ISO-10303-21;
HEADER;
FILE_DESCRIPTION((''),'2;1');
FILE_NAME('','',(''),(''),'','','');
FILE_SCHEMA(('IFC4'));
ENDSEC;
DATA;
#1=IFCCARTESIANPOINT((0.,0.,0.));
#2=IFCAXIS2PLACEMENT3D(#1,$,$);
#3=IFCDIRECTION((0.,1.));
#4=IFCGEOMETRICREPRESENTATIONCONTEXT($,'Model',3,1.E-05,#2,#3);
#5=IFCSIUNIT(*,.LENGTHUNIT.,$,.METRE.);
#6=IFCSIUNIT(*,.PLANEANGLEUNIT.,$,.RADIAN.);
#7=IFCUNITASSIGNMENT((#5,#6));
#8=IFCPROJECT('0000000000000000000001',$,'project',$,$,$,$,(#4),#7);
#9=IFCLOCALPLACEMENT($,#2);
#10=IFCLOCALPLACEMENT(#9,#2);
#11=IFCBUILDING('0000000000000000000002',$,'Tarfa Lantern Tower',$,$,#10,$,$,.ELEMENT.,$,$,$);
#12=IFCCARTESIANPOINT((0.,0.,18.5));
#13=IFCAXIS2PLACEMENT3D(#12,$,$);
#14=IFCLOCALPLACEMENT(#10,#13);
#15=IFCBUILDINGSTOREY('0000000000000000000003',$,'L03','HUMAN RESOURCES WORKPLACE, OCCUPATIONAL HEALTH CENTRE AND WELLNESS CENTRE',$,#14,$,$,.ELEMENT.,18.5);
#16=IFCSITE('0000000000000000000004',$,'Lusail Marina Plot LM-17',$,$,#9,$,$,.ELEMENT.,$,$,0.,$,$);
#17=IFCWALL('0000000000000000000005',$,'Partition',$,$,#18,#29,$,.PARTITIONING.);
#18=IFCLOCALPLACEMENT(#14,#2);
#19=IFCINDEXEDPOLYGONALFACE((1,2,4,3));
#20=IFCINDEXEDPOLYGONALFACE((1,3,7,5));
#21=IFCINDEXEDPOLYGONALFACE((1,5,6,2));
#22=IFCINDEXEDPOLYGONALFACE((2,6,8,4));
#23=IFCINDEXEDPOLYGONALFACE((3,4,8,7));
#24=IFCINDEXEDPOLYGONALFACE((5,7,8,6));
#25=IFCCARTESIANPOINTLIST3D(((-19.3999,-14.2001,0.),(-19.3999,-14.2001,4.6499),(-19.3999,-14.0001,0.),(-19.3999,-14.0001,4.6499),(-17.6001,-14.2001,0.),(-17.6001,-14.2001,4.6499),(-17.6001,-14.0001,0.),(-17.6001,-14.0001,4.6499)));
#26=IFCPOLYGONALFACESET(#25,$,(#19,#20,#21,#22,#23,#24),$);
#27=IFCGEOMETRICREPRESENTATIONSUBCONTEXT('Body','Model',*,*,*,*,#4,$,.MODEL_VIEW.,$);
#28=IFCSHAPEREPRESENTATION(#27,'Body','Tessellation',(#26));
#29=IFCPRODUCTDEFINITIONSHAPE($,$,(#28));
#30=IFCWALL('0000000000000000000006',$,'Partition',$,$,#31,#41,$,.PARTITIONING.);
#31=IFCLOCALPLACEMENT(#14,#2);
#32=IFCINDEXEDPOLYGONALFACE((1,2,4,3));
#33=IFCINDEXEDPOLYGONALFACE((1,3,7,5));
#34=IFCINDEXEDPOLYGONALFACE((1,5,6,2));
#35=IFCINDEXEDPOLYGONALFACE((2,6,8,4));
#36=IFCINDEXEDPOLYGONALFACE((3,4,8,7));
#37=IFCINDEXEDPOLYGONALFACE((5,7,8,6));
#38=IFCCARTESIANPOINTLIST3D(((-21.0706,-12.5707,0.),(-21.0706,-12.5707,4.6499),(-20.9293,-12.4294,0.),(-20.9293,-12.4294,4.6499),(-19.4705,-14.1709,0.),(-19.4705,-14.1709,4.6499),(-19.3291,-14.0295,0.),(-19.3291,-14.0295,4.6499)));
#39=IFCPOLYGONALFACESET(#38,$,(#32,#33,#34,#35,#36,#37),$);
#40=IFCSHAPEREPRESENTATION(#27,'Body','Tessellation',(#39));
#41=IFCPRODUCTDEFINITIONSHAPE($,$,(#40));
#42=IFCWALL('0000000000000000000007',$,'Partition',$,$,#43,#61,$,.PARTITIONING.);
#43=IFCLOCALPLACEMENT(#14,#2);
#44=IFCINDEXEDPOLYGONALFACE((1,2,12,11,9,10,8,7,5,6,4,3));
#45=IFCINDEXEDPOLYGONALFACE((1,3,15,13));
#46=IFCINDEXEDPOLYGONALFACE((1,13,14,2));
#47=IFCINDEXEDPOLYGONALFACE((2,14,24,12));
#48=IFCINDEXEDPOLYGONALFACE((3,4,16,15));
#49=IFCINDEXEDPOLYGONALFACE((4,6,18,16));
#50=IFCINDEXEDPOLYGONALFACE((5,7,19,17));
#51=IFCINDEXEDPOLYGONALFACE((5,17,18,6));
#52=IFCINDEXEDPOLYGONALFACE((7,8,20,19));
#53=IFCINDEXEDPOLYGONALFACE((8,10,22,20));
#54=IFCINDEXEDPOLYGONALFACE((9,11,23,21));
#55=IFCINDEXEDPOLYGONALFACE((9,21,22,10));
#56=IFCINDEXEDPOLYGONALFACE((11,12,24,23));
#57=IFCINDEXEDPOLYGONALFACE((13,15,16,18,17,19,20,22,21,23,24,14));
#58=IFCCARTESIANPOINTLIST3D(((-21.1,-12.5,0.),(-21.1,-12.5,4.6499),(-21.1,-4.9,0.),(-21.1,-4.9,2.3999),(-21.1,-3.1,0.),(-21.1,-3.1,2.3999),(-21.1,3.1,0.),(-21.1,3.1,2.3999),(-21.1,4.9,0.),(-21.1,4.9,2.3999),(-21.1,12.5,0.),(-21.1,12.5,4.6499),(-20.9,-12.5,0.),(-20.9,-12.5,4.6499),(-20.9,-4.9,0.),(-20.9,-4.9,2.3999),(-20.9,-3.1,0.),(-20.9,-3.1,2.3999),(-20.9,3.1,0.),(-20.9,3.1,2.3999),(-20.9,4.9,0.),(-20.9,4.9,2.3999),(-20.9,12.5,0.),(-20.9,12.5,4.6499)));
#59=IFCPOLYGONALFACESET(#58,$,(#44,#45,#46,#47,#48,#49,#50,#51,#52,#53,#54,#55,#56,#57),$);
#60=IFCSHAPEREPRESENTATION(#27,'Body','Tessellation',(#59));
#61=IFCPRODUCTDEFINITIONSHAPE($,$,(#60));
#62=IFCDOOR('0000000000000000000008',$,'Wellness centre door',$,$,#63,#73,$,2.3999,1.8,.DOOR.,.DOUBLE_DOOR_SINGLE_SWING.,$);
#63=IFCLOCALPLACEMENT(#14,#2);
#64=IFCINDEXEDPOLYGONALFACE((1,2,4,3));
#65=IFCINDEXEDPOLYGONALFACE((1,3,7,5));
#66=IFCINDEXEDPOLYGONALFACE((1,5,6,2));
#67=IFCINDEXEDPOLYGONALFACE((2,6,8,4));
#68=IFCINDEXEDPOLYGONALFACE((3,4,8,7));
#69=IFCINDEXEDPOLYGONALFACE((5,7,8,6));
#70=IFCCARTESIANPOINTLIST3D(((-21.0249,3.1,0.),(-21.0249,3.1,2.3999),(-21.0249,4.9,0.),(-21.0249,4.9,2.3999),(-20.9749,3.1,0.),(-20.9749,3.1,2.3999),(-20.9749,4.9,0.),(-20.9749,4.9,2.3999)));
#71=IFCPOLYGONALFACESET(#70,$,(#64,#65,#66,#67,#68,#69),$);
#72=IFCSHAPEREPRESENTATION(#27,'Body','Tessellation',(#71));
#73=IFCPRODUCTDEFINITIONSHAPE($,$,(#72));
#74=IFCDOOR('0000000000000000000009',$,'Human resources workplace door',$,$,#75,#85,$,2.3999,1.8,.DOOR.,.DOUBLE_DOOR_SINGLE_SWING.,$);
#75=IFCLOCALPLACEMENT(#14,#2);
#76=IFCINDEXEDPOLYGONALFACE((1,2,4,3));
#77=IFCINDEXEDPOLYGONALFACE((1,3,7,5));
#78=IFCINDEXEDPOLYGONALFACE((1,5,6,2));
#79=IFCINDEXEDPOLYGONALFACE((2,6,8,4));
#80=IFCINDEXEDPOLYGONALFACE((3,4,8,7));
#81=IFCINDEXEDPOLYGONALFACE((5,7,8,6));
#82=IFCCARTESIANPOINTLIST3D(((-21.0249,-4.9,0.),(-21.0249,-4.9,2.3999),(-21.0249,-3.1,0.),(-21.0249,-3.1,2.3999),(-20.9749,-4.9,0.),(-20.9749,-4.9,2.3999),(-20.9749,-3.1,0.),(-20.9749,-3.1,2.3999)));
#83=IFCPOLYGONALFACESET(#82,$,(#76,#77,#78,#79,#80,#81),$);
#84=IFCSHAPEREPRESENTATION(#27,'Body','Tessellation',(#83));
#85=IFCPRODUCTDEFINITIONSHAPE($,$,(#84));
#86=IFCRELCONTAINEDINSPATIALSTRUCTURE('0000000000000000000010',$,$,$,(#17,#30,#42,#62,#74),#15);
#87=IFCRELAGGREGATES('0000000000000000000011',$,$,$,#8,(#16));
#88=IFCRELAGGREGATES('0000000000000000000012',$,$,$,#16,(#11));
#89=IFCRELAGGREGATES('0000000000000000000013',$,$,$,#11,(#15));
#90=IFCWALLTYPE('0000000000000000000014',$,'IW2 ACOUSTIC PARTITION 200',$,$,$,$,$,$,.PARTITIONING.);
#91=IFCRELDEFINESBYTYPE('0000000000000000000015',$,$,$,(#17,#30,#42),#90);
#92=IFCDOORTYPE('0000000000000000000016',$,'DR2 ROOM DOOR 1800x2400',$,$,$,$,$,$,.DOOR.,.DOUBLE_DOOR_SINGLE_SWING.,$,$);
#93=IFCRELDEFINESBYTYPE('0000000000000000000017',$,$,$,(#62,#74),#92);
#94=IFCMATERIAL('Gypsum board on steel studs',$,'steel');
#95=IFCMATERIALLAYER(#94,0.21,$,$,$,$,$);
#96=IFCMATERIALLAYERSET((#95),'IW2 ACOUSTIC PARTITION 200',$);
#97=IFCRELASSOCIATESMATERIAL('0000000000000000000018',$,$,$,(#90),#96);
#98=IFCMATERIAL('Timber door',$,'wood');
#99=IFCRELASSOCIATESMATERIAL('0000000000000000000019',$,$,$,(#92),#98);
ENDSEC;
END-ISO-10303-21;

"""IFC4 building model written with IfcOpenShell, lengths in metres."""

from ifc_helpers import new_model, si_unit, direction, frame, frame_2d, origin, place, context, subcontext, project, spatial, rectangle, extrude, material, layer, layer_set, type_object, element, fill, save


model = new_model("IFC4")

# Units and contexts
model_context = context("Model", 3, precision=1e-05, world=origin(), true_north=direction((0.0, 1.0)))
body_context = subcontext(model_context, "Body", "Model", "MODEL_VIEW")
ifc_project = project(units=[si_unit("LENGTHUNIT", "METRE"), si_unit("PLANEANGLEUNIT", "RADIAN")], contexts=[model_context])

# Site, building, storey
site_placement = place(None, origin())
site = spatial("IfcSite", under=ifc_project, at=site_placement, Name="Lusail Marina Plot LM-17", CompositionType="ELEMENT", RefElevation=0.0)
building_placement = place(site_placement, origin())
building = spatial("IfcBuilding", under=site, at=building_placement, Name="Tarfa Lantern Tower", CompositionType="ELEMENT")
storey_placement = place(building_placement, frame((0.0, 0.0, 18.5)))
storey = spatial("IfcBuildingStorey", under=building, at=storey_placement, Name="L03", Description="HUMAN RESOURCES WORKPLACE, OCCUPATIONAL HEALTH CENTRE AND WELLNESS CENTRE", CompositionType="ELEMENT", Elevation=18.5)

# Walls
ifc_material_1 = material(Name="Gypsum board on steel studs", Category="steel")
ifc_layer = layer(ifc_material_1, 0.21)
ifc_layer_set = layer_set([ifc_layer], Name="IW2 ACOUSTIC PARTITION 200")
wall_type = type_object("IfcWallType", Name="IW2 ACOUSTIC PARTITION 200", PredefinedType="PARTITIONING", material=ifc_layer_set)
wall_1_placement = place(storey_placement, frame((-17.6001, -14.1001, 0.0), z_axis=(0.0, 0.0, 1.0), x_axis=(-1.0, 0.0, 0.0)))
element("IfcWall", 1, at=wall_1_placement, inside=storey, type_object=wall_type, Name="Partition", PredefinedType="PARTITIONING", context=body_context, shape_type="SweptSolid", body=[
    extrude(rectangle(XDim=1.7998, YDim=0.2, at=frame_2d((0.8999, 0.0))), origin(), (0.0, 0.0, 1.0), 4.6499),
])
wall_2_placement = place(storey_placement, frame((-19.3999, -14.1001, 0.0), z_axis=(0.0, 0.0, 1.0), x_axis=(-0.707107, 0.707107, 0.0)))
element("IfcWall", 2, at=wall_2_placement, inside=storey, type_object=wall_type, Name="Partition", PredefinedType="PARTITIONING", context=body_context, shape_type="SweptSolid", body=[
    extrude(rectangle(XDim=2.2629, YDim=0.2, at=frame_2d((1.1313, 0.0))), origin(), (0.0, 0.0, 1.0), 4.6499),
])

# Wall, openings, doors
wall_3_placement = place(storey_placement, frame((-21.0, -12.5, 0.0), z_axis=(0.0, 0.0, 1.0), x_axis=(0.0, 1.0, 0.0)))
wall_3 = element("IfcWall", 3, at=wall_3_placement, inside=storey, type_object=wall_type, Name="Partition", PredefinedType="PARTITIONING", context=body_context, shape_type="SweptSolid", body=[
    extrude(rectangle(XDim=25.0, YDim=0.2, at=frame_2d((12.5, 0.0))), origin(), (0.0, 0.0, 1.0), 4.6499),
])
opening_1_placement = place(wall_3_placement, frame((15.6001, 0.0, 0.0)))
opening_1 = element("IfcOpeningElement", 4, at=opening_1_placement, cuts=wall_3, PredefinedType="OPENING", context=body_context, shape_type="SweptSolid", body=[
    extrude(rectangle(XDim=1.8, YDim=2.3999, at=frame_2d((0.8999, 1.2))), frame((0.0, 0.1099, 0.0), z_axis=(0.0, -1.0, 0.0), x_axis=(1.0, 0.0, 0.0)), (0.0, 0.0, 1.0), 0.22),
])
opening_2_placement = place(wall_3_placement, frame((7.6001, 0.0, 0.0)))
opening_2 = element("IfcOpeningElement", 5, at=opening_2_placement, cuts=wall_3, PredefinedType="OPENING", context=body_context, shape_type="SweptSolid", body=[
    extrude(rectangle(XDim=1.8, YDim=2.3999, at=frame_2d((0.8999, 1.2))), frame((0.0, 0.1099, 0.0), z_axis=(0.0, -1.0, 0.0), x_axis=(1.0, 0.0, 0.0)), (0.0, 0.0, 1.0), 0.22),
])
ifc_material_2 = material(Name="Timber door", Category="wood")
door_type = type_object("IfcDoorType", Name="DR2 ROOM DOOR 1800x2400", OperationType="DOUBLE_DOOR_SINGLE_SWING", PredefinedType="DOOR", material=ifc_material_2)
door_1_placement = place(opening_1_placement, origin())
door_1 = element("IfcDoor", 6, at=door_1_placement, inside=storey, type_object=door_type, Name="Wellness centre door", OperationType="DOUBLE_DOOR_SINGLE_SWING", OverallHeight=2.3999, OverallWidth=1.8, PredefinedType="DOOR", context=body_context, shape_type="SweptSolid", body=[
    extrude(rectangle(XDim=1.8, YDim=2.3999, at=frame_2d((0.8999, 1.2))), frame((0.0, 0.0249, 0.0), z_axis=(0.0, -1.0, 0.0), x_axis=(1.0, 0.0, 0.0)), (0.0, 0.0, 1.0), 0.05),
])
fill(opening_1, door_1)
door_2_placement = place(opening_2_placement, origin())
door_2 = element("IfcDoor", 7, at=door_2_placement, inside=storey, type_object=door_type, Name="Human resources workplace door", OperationType="DOUBLE_DOOR_SINGLE_SWING", OverallHeight=2.3999, OverallWidth=1.8, PredefinedType="DOOR", context=body_context, shape_type="SweptSolid", body=[
    extrude(rectangle(XDim=1.8, YDim=2.3999, at=frame_2d((0.8999, 1.2))), frame((0.0, 0.0249, 0.0), z_axis=(0.0, -1.0, 0.0), x_axis=(1.0, 0.0, 0.0)), (0.0, 0.0, 1.0), 0.05),
])
fill(opening_2, door_2)

save(model, "model.ifc")
